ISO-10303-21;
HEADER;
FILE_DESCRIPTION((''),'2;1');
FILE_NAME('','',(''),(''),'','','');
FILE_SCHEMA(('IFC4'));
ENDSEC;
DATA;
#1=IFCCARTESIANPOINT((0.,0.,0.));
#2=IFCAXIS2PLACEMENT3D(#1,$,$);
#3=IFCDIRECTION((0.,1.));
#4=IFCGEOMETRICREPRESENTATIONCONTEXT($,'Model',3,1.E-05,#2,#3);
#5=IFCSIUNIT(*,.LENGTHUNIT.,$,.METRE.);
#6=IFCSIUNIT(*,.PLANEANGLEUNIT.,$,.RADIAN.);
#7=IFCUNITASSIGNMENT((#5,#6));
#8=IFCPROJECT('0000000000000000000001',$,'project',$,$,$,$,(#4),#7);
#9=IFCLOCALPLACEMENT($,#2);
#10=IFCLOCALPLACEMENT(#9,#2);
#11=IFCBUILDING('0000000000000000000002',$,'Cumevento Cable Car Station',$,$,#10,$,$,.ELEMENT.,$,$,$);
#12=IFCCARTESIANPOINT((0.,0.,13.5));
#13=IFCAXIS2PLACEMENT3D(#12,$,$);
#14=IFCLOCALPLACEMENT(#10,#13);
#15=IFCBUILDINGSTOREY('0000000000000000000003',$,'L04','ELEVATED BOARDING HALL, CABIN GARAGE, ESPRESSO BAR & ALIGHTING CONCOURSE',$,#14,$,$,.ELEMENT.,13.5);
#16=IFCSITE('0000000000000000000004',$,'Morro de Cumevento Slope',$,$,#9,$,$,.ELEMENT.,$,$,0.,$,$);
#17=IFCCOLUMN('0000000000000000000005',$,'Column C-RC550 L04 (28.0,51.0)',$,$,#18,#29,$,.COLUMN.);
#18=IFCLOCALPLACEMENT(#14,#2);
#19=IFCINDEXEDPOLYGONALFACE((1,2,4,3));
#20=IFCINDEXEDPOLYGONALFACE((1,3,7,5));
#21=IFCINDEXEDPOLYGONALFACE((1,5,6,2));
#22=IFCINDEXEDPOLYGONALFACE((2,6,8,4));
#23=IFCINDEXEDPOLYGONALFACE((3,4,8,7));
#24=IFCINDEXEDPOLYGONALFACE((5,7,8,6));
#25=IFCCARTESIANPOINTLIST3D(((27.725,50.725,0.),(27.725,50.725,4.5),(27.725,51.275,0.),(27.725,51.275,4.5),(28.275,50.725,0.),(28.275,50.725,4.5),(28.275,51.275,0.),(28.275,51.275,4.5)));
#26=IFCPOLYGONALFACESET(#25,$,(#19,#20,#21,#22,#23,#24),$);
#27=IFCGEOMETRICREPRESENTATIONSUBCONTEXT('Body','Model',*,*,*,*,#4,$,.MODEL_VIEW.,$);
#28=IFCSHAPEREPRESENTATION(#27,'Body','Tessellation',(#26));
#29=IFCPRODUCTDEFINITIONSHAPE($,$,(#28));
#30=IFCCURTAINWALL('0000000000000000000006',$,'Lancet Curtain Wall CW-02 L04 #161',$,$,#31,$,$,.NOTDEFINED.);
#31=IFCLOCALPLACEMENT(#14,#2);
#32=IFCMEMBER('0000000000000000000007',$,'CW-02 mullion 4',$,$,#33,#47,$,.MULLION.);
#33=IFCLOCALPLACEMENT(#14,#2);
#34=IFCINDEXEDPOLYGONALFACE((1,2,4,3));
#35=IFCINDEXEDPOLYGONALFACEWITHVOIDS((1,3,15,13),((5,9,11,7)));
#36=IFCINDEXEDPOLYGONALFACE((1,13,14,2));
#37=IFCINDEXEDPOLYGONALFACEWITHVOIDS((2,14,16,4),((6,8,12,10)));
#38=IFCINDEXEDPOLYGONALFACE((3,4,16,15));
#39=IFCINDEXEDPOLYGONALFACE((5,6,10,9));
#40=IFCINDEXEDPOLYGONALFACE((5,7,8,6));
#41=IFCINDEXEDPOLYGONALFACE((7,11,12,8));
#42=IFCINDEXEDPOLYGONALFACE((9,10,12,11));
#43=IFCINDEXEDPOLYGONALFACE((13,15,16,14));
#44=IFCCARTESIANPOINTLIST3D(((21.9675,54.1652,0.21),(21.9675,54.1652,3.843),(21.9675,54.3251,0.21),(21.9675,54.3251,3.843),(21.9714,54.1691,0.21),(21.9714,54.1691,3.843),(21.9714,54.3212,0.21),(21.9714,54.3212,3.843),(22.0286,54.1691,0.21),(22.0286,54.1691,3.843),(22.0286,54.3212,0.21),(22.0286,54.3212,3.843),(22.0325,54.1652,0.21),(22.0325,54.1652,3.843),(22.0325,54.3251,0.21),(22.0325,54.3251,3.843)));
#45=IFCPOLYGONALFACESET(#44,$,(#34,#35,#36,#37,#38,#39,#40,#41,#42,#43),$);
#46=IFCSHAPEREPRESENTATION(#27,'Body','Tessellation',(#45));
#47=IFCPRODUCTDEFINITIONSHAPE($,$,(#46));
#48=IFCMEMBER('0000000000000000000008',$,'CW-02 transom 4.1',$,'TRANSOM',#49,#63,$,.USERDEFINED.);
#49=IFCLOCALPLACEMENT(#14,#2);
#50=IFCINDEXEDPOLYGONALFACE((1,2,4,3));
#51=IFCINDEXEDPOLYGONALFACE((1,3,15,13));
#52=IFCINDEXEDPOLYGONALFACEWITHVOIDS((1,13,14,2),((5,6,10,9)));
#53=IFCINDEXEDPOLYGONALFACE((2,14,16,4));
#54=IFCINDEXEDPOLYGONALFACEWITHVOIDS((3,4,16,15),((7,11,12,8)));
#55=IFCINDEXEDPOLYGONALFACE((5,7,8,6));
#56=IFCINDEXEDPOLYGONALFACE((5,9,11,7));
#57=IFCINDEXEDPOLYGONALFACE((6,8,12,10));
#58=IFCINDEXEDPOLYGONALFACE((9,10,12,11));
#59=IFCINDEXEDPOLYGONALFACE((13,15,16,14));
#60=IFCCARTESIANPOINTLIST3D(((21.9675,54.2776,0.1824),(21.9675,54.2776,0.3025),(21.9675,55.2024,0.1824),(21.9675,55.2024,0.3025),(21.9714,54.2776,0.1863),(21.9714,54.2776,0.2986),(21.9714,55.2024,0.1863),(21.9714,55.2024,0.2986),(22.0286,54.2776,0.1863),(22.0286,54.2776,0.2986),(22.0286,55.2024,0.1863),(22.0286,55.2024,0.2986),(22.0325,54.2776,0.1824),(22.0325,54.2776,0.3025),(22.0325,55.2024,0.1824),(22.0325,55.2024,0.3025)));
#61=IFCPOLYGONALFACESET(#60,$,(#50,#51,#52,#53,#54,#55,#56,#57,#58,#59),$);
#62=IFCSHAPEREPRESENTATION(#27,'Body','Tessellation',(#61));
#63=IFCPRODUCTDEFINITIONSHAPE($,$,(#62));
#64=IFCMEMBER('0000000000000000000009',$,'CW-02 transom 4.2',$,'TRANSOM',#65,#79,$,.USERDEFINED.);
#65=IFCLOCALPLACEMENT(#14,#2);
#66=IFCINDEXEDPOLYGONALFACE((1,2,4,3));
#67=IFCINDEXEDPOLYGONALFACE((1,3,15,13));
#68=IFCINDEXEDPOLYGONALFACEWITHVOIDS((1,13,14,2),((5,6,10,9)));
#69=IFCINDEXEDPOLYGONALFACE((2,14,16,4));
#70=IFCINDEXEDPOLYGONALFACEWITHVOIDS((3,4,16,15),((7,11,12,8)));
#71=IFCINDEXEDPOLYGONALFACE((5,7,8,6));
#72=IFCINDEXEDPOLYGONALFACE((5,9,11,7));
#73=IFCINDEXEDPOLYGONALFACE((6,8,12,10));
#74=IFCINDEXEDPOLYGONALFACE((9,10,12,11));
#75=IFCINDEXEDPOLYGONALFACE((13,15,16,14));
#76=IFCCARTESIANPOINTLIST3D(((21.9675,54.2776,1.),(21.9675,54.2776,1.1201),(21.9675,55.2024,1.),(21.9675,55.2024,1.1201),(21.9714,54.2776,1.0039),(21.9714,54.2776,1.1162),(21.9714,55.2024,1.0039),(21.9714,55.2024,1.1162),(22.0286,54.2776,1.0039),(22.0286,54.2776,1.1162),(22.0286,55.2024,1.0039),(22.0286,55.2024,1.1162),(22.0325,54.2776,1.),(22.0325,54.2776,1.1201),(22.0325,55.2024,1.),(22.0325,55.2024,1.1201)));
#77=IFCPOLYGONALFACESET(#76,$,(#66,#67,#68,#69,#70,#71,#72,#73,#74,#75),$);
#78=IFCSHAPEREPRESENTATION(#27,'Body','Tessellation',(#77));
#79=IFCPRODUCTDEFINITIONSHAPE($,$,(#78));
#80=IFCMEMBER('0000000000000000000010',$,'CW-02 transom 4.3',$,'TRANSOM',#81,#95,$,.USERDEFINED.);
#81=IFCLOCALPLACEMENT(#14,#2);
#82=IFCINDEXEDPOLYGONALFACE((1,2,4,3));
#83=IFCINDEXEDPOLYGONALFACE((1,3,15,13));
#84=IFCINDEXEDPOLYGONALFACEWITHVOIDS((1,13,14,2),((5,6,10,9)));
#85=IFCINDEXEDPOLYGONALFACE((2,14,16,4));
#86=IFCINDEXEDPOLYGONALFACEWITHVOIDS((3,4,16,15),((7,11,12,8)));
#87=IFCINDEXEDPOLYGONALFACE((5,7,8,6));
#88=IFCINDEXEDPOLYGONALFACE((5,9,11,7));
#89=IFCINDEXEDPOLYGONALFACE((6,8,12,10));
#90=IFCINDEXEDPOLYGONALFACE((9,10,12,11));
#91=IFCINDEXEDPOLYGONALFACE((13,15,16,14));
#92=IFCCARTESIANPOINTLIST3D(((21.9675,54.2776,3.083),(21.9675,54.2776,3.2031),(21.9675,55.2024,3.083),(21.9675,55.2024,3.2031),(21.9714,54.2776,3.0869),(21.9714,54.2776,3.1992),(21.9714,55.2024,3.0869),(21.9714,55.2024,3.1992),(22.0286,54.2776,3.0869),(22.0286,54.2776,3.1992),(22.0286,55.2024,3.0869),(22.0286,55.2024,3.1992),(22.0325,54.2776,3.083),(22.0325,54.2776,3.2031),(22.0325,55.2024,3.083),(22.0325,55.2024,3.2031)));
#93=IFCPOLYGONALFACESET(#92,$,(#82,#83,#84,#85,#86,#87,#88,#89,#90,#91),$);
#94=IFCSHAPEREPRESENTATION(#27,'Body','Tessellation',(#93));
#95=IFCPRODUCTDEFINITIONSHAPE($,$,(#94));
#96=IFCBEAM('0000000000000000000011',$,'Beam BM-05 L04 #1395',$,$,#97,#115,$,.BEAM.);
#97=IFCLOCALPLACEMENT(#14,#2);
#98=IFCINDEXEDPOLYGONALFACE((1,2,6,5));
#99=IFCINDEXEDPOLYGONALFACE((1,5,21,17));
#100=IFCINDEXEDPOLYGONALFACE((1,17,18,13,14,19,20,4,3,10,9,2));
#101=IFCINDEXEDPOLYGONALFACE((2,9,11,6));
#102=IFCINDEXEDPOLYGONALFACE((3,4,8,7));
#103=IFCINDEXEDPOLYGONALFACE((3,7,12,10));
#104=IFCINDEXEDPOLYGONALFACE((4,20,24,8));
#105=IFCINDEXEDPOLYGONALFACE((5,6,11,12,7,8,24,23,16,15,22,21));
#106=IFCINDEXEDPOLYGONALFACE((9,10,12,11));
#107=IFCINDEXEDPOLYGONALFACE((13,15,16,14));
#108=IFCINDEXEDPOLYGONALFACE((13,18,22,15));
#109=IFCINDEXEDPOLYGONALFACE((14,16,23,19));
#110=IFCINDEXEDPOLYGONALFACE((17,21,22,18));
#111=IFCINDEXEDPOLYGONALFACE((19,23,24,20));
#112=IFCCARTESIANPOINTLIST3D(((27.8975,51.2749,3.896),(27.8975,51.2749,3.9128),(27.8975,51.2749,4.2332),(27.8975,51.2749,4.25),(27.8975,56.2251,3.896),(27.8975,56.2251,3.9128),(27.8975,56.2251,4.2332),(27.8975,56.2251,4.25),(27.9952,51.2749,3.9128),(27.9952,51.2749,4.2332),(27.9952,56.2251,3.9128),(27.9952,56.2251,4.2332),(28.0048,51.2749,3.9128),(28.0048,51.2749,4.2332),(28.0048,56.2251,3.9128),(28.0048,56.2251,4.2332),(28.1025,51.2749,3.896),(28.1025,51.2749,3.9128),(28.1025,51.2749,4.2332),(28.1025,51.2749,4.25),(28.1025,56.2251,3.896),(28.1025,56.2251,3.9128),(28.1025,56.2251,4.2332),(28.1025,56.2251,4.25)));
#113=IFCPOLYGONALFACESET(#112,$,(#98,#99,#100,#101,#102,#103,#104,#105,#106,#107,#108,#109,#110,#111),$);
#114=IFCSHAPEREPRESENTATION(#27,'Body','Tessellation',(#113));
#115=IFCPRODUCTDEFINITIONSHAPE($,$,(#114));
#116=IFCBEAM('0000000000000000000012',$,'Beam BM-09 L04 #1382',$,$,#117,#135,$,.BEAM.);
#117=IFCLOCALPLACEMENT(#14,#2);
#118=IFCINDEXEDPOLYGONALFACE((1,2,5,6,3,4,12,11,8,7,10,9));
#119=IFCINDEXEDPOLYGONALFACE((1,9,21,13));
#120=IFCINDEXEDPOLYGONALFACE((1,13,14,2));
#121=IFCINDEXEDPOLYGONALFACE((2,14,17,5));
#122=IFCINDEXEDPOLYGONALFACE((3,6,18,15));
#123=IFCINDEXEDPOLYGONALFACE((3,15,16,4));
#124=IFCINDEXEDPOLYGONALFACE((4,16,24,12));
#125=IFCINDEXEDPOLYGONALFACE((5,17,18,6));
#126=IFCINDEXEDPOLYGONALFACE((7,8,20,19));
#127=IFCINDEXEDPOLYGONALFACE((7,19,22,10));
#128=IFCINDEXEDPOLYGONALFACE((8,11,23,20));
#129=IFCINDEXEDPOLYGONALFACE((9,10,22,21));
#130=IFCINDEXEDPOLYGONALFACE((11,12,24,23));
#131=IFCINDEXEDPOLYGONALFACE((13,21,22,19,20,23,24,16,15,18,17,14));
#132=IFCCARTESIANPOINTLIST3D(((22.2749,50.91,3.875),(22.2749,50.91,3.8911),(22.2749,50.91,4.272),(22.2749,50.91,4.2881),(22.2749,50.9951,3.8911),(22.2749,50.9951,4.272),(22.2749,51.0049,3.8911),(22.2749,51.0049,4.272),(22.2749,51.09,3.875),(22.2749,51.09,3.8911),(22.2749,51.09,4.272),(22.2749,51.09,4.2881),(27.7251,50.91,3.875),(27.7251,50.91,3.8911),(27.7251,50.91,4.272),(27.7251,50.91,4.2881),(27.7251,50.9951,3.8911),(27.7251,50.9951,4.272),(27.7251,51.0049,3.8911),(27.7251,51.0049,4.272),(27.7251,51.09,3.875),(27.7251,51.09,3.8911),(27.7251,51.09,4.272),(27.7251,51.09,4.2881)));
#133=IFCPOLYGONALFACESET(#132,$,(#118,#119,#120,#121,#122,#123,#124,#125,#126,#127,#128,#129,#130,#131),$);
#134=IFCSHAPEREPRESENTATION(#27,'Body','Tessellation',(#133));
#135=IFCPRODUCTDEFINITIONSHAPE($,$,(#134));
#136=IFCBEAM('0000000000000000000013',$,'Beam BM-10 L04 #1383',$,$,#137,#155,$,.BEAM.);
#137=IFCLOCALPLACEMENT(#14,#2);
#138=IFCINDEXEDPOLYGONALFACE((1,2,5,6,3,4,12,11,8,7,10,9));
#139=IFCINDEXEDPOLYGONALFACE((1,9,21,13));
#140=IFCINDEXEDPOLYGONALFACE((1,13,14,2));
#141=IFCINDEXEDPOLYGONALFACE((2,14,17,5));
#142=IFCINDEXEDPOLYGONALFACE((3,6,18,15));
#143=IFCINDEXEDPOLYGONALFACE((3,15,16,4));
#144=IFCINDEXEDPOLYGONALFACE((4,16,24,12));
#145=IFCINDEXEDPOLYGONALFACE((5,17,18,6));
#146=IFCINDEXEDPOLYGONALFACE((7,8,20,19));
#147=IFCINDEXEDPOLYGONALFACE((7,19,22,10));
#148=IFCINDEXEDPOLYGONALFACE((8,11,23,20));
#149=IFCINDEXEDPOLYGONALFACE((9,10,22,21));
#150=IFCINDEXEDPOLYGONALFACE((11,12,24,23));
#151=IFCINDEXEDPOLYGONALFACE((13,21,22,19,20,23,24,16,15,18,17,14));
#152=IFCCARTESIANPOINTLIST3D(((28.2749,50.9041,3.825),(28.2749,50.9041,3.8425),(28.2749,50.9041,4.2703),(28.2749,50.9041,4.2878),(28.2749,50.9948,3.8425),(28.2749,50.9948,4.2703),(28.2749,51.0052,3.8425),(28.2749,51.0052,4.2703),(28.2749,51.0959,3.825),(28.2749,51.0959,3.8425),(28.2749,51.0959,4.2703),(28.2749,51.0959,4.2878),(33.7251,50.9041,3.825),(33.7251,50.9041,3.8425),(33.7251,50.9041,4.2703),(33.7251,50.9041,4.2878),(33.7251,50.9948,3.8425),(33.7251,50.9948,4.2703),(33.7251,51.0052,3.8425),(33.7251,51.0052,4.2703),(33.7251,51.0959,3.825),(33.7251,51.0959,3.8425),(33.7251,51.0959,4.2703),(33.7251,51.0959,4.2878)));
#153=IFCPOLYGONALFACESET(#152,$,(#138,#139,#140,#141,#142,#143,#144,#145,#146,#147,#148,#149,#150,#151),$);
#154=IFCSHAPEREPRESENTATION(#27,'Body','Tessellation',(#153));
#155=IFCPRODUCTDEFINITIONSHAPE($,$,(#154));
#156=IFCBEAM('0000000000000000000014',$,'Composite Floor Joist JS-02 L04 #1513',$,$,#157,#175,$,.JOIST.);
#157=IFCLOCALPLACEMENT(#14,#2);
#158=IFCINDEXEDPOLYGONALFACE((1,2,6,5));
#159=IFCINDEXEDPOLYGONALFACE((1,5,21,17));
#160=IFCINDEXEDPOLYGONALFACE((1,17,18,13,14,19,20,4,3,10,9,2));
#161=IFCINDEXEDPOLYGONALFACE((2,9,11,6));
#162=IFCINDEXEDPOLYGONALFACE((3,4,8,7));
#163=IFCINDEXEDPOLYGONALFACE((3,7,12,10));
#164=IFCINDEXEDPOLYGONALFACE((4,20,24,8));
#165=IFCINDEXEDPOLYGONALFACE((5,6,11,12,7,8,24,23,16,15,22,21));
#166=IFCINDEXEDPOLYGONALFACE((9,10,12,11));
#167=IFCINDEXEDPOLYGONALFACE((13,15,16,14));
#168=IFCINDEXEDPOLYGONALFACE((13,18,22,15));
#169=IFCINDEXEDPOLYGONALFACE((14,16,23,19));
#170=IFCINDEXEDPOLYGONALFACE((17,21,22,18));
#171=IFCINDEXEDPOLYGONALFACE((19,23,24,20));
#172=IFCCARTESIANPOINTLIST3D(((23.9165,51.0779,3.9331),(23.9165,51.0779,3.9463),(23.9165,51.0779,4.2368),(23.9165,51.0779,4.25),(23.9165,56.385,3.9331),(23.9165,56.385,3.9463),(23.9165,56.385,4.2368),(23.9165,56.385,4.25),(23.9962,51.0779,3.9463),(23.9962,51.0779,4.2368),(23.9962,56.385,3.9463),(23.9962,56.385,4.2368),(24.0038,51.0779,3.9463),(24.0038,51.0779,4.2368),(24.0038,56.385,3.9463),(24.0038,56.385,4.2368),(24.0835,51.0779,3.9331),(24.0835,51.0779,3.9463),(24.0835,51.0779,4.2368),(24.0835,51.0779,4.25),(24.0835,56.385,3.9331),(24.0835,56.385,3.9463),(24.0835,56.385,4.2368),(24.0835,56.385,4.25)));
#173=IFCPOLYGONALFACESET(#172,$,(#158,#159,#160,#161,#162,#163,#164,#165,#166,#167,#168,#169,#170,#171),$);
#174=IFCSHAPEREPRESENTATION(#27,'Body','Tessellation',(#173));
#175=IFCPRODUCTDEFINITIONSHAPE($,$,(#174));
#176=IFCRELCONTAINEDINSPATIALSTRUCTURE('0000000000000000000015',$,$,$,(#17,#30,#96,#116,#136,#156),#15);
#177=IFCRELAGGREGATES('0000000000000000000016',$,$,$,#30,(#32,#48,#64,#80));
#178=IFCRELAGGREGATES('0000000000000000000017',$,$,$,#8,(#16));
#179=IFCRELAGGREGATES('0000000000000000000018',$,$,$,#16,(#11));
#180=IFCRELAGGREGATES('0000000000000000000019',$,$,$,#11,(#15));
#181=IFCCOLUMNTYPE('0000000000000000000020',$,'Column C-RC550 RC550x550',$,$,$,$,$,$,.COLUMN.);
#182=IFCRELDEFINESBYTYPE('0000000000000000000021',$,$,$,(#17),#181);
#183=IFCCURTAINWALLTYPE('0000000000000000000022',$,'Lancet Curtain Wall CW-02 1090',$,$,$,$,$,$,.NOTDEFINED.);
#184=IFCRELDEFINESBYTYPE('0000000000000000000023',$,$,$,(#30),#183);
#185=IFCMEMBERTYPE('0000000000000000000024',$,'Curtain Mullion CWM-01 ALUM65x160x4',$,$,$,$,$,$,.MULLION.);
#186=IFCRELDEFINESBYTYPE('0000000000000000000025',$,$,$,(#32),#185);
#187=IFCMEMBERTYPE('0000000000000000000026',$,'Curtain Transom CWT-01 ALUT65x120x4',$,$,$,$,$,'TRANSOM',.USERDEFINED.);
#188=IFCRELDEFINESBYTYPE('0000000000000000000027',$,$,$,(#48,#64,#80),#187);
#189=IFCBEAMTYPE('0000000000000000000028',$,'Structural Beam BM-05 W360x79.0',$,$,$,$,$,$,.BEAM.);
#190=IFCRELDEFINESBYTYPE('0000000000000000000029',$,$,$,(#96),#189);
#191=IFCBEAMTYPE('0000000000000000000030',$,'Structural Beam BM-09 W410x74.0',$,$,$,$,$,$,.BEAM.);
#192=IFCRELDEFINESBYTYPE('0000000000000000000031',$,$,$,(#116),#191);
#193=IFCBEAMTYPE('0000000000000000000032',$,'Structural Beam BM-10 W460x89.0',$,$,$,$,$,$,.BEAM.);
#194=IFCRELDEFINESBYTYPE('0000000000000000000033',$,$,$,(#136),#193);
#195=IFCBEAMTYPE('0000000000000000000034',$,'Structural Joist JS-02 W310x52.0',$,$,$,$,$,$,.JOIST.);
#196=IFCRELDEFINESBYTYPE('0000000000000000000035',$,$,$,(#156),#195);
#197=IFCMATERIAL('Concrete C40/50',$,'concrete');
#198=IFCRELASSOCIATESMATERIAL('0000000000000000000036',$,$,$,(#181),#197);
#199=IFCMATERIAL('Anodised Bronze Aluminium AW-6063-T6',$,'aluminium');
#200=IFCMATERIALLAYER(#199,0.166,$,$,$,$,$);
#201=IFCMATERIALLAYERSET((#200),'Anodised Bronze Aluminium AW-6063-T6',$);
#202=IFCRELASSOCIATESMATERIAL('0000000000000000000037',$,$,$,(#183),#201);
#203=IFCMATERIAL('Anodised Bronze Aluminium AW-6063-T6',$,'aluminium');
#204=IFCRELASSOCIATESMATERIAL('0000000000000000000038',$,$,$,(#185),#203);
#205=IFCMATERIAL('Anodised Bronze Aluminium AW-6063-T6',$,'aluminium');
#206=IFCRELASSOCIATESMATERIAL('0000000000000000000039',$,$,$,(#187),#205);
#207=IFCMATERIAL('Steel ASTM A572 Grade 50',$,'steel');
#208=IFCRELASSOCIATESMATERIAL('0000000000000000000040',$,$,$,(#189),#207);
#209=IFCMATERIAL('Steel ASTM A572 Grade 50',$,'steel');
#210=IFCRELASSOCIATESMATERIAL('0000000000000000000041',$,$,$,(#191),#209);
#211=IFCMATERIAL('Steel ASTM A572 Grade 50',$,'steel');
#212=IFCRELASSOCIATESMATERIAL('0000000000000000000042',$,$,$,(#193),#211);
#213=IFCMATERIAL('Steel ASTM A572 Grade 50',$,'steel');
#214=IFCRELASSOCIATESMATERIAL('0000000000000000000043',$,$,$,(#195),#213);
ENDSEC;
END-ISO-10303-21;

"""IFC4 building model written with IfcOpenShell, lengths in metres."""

from ifc_helpers import new_model, si_unit, direction, frame, origin, origin_2d, place, context, subcontext, project, spatial, rectangle, hollow_rectangle, i_section, extrude, material, layer, layer_set, material_profile, profile_set, type_object, element, aggregate, save


model = new_model("IFC4")

# Units and contexts
model_context = context("Model", 3, precision=1e-05, world=origin(), true_north=direction((0.0, 1.0)))
body_context = subcontext(model_context, "Body", "Model", "MODEL_VIEW")
ifc_project = project(units=[si_unit("LENGTHUNIT", "METRE"), si_unit("PLANEANGLEUNIT", "RADIAN")], contexts=[model_context])

# Site, building, storey
site_placement = place(None, origin())
site = spatial("IfcSite", under=ifc_project, at=site_placement, Name="Morro de Cumevento Slope", CompositionType="ELEMENT", RefElevation=0.0)
building_placement = place(site_placement, origin())
building = spatial("IfcBuilding", under=site, at=building_placement, Name="Cumevento Cable Car Station", CompositionType="ELEMENT")
storey_placement = place(building_placement, frame((0.0, 0.0, 13.5)))
storey = spatial("IfcBuildingStorey", under=building, at=storey_placement, Name="L04", Description="ELEVATED BOARDING HALL, CABIN GARAGE, ESPRESSO BAR & ALIGHTING CONCOURSE", CompositionType="ELEMENT", Elevation=13.5)

# Column
ifc_material_1 = material(Name="Concrete C40/50", Category="concrete")
ifc_material_profile_1 = material_profile(ifc_material_1, rectangle(XDim=0.55, YDim=0.55, at=origin_2d()), Name="RC550x550")
ifc_profile_set_1 = profile_set([ifc_material_profile_1], Name="Concrete C40/50")
column_type = type_object("IfcColumnType", Name="Column C-RC550 RC550x550", PredefinedType="COLUMN", material=ifc_profile_set_1)
column_placement = place(storey_placement, frame((28.0, 51.0, 0.0), z_axis=(0.0, 0.0, 1.0), x_axis=(1.0, 0.0, 0.0)))
element("IfcColumn", 1, at=column_placement, inside=storey, type_object=column_type, Name="Column C-RC550 L04 (28.0,51.0)", PredefinedType="COLUMN", context=body_context, shape_type="SweptSolid", body=[
    extrude(rectangle(XDim=0.55, YDim=0.55, at=origin_2d()), origin(), (0.0, 0.0, 1.0), 4.5),
])

# Curtain wall, members
ifc_material_2 = material(Name="Anodised Bronze Aluminium AW-6063-T6", Category="aluminium")
ifc_layer_1 = layer(ifc_material_2, 0.166)
ifc_layer_set_1 = layer_set([ifc_layer_1], Name="Anodised Bronze Aluminium AW-6063-T6")
curtain_wall_type = type_object("IfcCurtainWallType", Name="Lancet Curtain Wall CW-02 1090", PredefinedType="NOTDEFINED", material=ifc_layer_set_1)
curtain_wall_placement = place(storey_placement, origin())
curtain_wall = element("IfcCurtainWall", 2, at=curtain_wall_placement, inside=storey, type_object=curtain_wall_type, Name="Lancet Curtain Wall CW-02 L04 #161", PredefinedType="NOTDEFINED")
ifc_material_3 = material(Name="Anodised Bronze Aluminium AW-6063-T6", Category="aluminium")
ifc_material_profile_2 = material_profile(ifc_material_3, hollow_rectangle(XDim=0.0649, YDim=0.1599, WallThickness=0.0039, at=origin_2d()), Name="ALUM65x160x4")
ifc_profile_set_2 = profile_set([ifc_material_profile_2], Name="Anodised Bronze Aluminium AW-6063-T6")
member_type_1 = type_object("IfcMemberType", Name="Curtain Mullion CWM-01 ALUM65x160x4", PredefinedType="MULLION", material=ifc_profile_set_2)
member_1_placement = place(storey_placement, frame((22.0, 54.2451, 0.21), z_axis=(0.0, 0.0, 1.0), x_axis=(-1.0, 0.0, 0.0)))
member_1 = element("IfcMember", 3, at=member_1_placement, type_object=member_type_1, Name="CW-02 mullion 4", PredefinedType="MULLION", context=body_context, shape_type="SweptSolid", body=[
    extrude(hollow_rectangle(XDim=0.0649, YDim=0.1599, WallThickness=0.0039, at=origin_2d()), origin(), (0.0, 0.0, 1.0), 3.6331),
])
ifc_material_4 = material(Name="Anodised Bronze Aluminium AW-6063-T6", Category="aluminium")
ifc_material_profile_3 = material_profile(ifc_material_4, hollow_rectangle(XDim=0.0649, YDim=0.1201, WallThickness=0.0039, at=origin_2d()), Name="ALUT65x120x4")
ifc_profile_set_3 = profile_set([ifc_material_profile_3], Name="Anodised Bronze Aluminium AW-6063-T6")
member_type_2 = type_object("IfcMemberType", Name="Curtain Transom CWT-01 ALUT65x120x4", ElementType="TRANSOM", PredefinedType="USERDEFINED", material=ifc_profile_set_3)
member_2_placement = place(storey_placement, frame((22.0, 54.2776, 0.2424), z_axis=(0.0, 1.0, 0.0), x_axis=(-1.0, 0.0, 0.0)))
member_2 = element("IfcMember", 4, at=member_2_placement, type_object=member_type_2, Name="CW-02 transom 4.1", ObjectType="TRANSOM", PredefinedType="USERDEFINED", context=body_context, shape_type="SweptSolid", body=[
    extrude(hollow_rectangle(XDim=0.0649, YDim=0.1201, WallThickness=0.0039, at=origin_2d()), origin(), (0.0, 0.0, 1.0), 0.9248),
])
member_3_placement = place(storey_placement, frame((22.0, 54.2776, 1.0601), z_axis=(0.0, 1.0, 0.0), x_axis=(-1.0, 0.0, 0.0)))
member_3 = element("IfcMember", 5, at=member_3_placement, type_object=member_type_2, Name="CW-02 transom 4.2", ObjectType="TRANSOM", PredefinedType="USERDEFINED", context=body_context, shape_type="SweptSolid", body=[
    extrude(hollow_rectangle(XDim=0.0649, YDim=0.1201, WallThickness=0.0039, at=origin_2d()), origin(), (0.0, 0.0, 1.0), 0.9248),
])
member_4_placement = place(storey_placement, frame((22.0, 54.2776, 3.1431), z_axis=(0.0, 1.0, 0.0), x_axis=(-1.0, 0.0, 0.0)))
member_4 = element("IfcMember", 6, at=member_4_placement, type_object=member_type_2, Name="CW-02 transom 4.3", ObjectType="TRANSOM", PredefinedType="USERDEFINED", context=body_context, shape_type="SweptSolid", body=[
    extrude(hollow_rectangle(XDim=0.0649, YDim=0.1201, WallThickness=0.0039, at=origin_2d()), origin(), (0.0, 0.0, 1.0), 0.9248),
])

# Beams
ifc_material_5 = material(Name="Steel ASTM A572 Grade 50", Category="steel")
ifc_material_profile_4 = material_profile(ifc_material_5, i_section(OverallWidth=0.2051, OverallDepth=0.354, WebThickness=0.0095, FlangeThickness=0.0168, at=origin_2d()), Name="W360x79.0")
ifc_profile_set_4 = profile_set([ifc_material_profile_4], Name="Steel ASTM A572 Grade 50")
beam_type_1 = type_object("IfcBeamType", Name="Structural Beam BM-05 W360x79.0", PredefinedType="BEAM", material=ifc_profile_set_4)
beam_1_placement = place(storey_placement, frame((28.0, 51.2749, 4.073), z_axis=(0.0, 1.0, 0.0), x_axis=(-1.0, 0.0, 0.0)))
element("IfcBeam", 7, at=beam_1_placement, inside=storey, type_object=beam_type_1, Name="Beam BM-05 L04 #1395", PredefinedType="BEAM", context=body_context, shape_type="SweptSolid", body=[
    extrude(i_section(OverallWidth=0.2051, OverallDepth=0.354, WebThickness=0.0095, FlangeThickness=0.0168, at=origin_2d()), origin(), (0.0, 0.0, 1.0), 4.9502),
])
ifc_material_6 = material(Name="Steel ASTM A572 Grade 50", Category="steel")
ifc_material_profile_5 = material_profile(ifc_material_6, i_section(OverallWidth=0.1799, OverallDepth=0.4131, WebThickness=0.0098, FlangeThickness=0.0161, at=origin_2d()), Name="W410x74.0")
ifc_profile_set_5 = profile_set([ifc_material_profile_5], Name="Steel ASTM A572 Grade 50")
beam_type_2 = type_object("IfcBeamType", Name="Structural Beam BM-09 W410x74.0", PredefinedType="BEAM", material=ifc_profile_set_5)
beam_2_placement = place(storey_placement, frame((22.2749, 51.0, 4.0815), z_axis=(1.0, 0.0, 0.0), x_axis=(0.0, 1.0, 0.0)))
element("IfcBeam", 8, at=beam_2_placement, inside=storey, type_object=beam_type_2, Name="Beam BM-09 L04 #1382", PredefinedType="BEAM", context=body_context, shape_type="SweptSolid", body=[
    extrude(i_section(OverallWidth=0.1799, OverallDepth=0.4131, WebThickness=0.0098, FlangeThickness=0.0161, at=origin_2d()), origin(), (0.0, 0.0, 1.0), 5.4502),
])
ifc_material_7 = material(Name="Steel ASTM A572 Grade 50", Category="steel")
ifc_material_profile_6 = material_profile(ifc_material_7, i_section(OverallWidth=0.1919, OverallDepth=0.4629, WebThickness=0.0105, FlangeThickness=0.0176, at=origin_2d()), Name="W460x89.0")
ifc_profile_set_6 = profile_set([ifc_material_profile_6], Name="Steel ASTM A572 Grade 50")
beam_type_3 = type_object("IfcBeamType", Name="Structural Beam BM-10 W460x89.0", PredefinedType="BEAM", material=ifc_profile_set_6)
beam_3_placement = place(storey_placement, frame((28.2749, 51.0, 4.0564), z_axis=(1.0, 0.0, 0.0), x_axis=(0.0, 1.0, 0.0)))
element("IfcBeam", 9, at=beam_3_placement, inside=storey, type_object=beam_type_3, Name="Beam BM-10 L04 #1383", PredefinedType="BEAM", context=body_context, shape_type="SweptSolid", body=[
    extrude(i_section(OverallWidth=0.1919, OverallDepth=0.4629, WebThickness=0.0105, FlangeThickness=0.0176, at=origin_2d()), origin(), (0.0, 0.0, 1.0), 5.4502),
])
ifc_material_8 = material(Name="Steel ASTM A572 Grade 50", Category="steel")
ifc_material_profile_7 = material_profile(ifc_material_8, i_section(OverallWidth=0.167, OverallDepth=0.3169, WebThickness=0.0076, FlangeThickness=0.0132, at=origin_2d()), Name="W310x52.0")
ifc_profile_set_7 = profile_set([ifc_material_profile_7], Name="Steel ASTM A572 Grade 50")
beam_type_4 = type_object("IfcBeamType", Name="Structural Joist JS-02 W310x52.0", PredefinedType="JOIST", material=ifc_profile_set_7)
for number, where, z_axis, x_axis, name in (
    (10, (24.0, 51.0779, 4.0916), (0.0, 1.0, 0.0), (-1.0, 0.0, 0.0), "Composite Floor Joist JS-02 L04 #1513"),
):
    element("IfcBeam", number, at=place(storey_placement, frame(where, z_axis=z_axis, x_axis=x_axis)), inside=storey, type_object=beam_type_4, Name=name, PredefinedType="JOIST", context=body_context, shape_type="SweptSolid", body=[
        extrude(i_section(OverallWidth=0.167, OverallDepth=0.3169, WebThickness=0.0076, FlangeThickness=0.0132, at=origin_2d()), origin(), (0.0, 0.0, 1.0), 5.3071),
    ])

aggregate(curtain_wall, [member_1, member_2, member_3, member_4])

save(model, "model.ifc")
